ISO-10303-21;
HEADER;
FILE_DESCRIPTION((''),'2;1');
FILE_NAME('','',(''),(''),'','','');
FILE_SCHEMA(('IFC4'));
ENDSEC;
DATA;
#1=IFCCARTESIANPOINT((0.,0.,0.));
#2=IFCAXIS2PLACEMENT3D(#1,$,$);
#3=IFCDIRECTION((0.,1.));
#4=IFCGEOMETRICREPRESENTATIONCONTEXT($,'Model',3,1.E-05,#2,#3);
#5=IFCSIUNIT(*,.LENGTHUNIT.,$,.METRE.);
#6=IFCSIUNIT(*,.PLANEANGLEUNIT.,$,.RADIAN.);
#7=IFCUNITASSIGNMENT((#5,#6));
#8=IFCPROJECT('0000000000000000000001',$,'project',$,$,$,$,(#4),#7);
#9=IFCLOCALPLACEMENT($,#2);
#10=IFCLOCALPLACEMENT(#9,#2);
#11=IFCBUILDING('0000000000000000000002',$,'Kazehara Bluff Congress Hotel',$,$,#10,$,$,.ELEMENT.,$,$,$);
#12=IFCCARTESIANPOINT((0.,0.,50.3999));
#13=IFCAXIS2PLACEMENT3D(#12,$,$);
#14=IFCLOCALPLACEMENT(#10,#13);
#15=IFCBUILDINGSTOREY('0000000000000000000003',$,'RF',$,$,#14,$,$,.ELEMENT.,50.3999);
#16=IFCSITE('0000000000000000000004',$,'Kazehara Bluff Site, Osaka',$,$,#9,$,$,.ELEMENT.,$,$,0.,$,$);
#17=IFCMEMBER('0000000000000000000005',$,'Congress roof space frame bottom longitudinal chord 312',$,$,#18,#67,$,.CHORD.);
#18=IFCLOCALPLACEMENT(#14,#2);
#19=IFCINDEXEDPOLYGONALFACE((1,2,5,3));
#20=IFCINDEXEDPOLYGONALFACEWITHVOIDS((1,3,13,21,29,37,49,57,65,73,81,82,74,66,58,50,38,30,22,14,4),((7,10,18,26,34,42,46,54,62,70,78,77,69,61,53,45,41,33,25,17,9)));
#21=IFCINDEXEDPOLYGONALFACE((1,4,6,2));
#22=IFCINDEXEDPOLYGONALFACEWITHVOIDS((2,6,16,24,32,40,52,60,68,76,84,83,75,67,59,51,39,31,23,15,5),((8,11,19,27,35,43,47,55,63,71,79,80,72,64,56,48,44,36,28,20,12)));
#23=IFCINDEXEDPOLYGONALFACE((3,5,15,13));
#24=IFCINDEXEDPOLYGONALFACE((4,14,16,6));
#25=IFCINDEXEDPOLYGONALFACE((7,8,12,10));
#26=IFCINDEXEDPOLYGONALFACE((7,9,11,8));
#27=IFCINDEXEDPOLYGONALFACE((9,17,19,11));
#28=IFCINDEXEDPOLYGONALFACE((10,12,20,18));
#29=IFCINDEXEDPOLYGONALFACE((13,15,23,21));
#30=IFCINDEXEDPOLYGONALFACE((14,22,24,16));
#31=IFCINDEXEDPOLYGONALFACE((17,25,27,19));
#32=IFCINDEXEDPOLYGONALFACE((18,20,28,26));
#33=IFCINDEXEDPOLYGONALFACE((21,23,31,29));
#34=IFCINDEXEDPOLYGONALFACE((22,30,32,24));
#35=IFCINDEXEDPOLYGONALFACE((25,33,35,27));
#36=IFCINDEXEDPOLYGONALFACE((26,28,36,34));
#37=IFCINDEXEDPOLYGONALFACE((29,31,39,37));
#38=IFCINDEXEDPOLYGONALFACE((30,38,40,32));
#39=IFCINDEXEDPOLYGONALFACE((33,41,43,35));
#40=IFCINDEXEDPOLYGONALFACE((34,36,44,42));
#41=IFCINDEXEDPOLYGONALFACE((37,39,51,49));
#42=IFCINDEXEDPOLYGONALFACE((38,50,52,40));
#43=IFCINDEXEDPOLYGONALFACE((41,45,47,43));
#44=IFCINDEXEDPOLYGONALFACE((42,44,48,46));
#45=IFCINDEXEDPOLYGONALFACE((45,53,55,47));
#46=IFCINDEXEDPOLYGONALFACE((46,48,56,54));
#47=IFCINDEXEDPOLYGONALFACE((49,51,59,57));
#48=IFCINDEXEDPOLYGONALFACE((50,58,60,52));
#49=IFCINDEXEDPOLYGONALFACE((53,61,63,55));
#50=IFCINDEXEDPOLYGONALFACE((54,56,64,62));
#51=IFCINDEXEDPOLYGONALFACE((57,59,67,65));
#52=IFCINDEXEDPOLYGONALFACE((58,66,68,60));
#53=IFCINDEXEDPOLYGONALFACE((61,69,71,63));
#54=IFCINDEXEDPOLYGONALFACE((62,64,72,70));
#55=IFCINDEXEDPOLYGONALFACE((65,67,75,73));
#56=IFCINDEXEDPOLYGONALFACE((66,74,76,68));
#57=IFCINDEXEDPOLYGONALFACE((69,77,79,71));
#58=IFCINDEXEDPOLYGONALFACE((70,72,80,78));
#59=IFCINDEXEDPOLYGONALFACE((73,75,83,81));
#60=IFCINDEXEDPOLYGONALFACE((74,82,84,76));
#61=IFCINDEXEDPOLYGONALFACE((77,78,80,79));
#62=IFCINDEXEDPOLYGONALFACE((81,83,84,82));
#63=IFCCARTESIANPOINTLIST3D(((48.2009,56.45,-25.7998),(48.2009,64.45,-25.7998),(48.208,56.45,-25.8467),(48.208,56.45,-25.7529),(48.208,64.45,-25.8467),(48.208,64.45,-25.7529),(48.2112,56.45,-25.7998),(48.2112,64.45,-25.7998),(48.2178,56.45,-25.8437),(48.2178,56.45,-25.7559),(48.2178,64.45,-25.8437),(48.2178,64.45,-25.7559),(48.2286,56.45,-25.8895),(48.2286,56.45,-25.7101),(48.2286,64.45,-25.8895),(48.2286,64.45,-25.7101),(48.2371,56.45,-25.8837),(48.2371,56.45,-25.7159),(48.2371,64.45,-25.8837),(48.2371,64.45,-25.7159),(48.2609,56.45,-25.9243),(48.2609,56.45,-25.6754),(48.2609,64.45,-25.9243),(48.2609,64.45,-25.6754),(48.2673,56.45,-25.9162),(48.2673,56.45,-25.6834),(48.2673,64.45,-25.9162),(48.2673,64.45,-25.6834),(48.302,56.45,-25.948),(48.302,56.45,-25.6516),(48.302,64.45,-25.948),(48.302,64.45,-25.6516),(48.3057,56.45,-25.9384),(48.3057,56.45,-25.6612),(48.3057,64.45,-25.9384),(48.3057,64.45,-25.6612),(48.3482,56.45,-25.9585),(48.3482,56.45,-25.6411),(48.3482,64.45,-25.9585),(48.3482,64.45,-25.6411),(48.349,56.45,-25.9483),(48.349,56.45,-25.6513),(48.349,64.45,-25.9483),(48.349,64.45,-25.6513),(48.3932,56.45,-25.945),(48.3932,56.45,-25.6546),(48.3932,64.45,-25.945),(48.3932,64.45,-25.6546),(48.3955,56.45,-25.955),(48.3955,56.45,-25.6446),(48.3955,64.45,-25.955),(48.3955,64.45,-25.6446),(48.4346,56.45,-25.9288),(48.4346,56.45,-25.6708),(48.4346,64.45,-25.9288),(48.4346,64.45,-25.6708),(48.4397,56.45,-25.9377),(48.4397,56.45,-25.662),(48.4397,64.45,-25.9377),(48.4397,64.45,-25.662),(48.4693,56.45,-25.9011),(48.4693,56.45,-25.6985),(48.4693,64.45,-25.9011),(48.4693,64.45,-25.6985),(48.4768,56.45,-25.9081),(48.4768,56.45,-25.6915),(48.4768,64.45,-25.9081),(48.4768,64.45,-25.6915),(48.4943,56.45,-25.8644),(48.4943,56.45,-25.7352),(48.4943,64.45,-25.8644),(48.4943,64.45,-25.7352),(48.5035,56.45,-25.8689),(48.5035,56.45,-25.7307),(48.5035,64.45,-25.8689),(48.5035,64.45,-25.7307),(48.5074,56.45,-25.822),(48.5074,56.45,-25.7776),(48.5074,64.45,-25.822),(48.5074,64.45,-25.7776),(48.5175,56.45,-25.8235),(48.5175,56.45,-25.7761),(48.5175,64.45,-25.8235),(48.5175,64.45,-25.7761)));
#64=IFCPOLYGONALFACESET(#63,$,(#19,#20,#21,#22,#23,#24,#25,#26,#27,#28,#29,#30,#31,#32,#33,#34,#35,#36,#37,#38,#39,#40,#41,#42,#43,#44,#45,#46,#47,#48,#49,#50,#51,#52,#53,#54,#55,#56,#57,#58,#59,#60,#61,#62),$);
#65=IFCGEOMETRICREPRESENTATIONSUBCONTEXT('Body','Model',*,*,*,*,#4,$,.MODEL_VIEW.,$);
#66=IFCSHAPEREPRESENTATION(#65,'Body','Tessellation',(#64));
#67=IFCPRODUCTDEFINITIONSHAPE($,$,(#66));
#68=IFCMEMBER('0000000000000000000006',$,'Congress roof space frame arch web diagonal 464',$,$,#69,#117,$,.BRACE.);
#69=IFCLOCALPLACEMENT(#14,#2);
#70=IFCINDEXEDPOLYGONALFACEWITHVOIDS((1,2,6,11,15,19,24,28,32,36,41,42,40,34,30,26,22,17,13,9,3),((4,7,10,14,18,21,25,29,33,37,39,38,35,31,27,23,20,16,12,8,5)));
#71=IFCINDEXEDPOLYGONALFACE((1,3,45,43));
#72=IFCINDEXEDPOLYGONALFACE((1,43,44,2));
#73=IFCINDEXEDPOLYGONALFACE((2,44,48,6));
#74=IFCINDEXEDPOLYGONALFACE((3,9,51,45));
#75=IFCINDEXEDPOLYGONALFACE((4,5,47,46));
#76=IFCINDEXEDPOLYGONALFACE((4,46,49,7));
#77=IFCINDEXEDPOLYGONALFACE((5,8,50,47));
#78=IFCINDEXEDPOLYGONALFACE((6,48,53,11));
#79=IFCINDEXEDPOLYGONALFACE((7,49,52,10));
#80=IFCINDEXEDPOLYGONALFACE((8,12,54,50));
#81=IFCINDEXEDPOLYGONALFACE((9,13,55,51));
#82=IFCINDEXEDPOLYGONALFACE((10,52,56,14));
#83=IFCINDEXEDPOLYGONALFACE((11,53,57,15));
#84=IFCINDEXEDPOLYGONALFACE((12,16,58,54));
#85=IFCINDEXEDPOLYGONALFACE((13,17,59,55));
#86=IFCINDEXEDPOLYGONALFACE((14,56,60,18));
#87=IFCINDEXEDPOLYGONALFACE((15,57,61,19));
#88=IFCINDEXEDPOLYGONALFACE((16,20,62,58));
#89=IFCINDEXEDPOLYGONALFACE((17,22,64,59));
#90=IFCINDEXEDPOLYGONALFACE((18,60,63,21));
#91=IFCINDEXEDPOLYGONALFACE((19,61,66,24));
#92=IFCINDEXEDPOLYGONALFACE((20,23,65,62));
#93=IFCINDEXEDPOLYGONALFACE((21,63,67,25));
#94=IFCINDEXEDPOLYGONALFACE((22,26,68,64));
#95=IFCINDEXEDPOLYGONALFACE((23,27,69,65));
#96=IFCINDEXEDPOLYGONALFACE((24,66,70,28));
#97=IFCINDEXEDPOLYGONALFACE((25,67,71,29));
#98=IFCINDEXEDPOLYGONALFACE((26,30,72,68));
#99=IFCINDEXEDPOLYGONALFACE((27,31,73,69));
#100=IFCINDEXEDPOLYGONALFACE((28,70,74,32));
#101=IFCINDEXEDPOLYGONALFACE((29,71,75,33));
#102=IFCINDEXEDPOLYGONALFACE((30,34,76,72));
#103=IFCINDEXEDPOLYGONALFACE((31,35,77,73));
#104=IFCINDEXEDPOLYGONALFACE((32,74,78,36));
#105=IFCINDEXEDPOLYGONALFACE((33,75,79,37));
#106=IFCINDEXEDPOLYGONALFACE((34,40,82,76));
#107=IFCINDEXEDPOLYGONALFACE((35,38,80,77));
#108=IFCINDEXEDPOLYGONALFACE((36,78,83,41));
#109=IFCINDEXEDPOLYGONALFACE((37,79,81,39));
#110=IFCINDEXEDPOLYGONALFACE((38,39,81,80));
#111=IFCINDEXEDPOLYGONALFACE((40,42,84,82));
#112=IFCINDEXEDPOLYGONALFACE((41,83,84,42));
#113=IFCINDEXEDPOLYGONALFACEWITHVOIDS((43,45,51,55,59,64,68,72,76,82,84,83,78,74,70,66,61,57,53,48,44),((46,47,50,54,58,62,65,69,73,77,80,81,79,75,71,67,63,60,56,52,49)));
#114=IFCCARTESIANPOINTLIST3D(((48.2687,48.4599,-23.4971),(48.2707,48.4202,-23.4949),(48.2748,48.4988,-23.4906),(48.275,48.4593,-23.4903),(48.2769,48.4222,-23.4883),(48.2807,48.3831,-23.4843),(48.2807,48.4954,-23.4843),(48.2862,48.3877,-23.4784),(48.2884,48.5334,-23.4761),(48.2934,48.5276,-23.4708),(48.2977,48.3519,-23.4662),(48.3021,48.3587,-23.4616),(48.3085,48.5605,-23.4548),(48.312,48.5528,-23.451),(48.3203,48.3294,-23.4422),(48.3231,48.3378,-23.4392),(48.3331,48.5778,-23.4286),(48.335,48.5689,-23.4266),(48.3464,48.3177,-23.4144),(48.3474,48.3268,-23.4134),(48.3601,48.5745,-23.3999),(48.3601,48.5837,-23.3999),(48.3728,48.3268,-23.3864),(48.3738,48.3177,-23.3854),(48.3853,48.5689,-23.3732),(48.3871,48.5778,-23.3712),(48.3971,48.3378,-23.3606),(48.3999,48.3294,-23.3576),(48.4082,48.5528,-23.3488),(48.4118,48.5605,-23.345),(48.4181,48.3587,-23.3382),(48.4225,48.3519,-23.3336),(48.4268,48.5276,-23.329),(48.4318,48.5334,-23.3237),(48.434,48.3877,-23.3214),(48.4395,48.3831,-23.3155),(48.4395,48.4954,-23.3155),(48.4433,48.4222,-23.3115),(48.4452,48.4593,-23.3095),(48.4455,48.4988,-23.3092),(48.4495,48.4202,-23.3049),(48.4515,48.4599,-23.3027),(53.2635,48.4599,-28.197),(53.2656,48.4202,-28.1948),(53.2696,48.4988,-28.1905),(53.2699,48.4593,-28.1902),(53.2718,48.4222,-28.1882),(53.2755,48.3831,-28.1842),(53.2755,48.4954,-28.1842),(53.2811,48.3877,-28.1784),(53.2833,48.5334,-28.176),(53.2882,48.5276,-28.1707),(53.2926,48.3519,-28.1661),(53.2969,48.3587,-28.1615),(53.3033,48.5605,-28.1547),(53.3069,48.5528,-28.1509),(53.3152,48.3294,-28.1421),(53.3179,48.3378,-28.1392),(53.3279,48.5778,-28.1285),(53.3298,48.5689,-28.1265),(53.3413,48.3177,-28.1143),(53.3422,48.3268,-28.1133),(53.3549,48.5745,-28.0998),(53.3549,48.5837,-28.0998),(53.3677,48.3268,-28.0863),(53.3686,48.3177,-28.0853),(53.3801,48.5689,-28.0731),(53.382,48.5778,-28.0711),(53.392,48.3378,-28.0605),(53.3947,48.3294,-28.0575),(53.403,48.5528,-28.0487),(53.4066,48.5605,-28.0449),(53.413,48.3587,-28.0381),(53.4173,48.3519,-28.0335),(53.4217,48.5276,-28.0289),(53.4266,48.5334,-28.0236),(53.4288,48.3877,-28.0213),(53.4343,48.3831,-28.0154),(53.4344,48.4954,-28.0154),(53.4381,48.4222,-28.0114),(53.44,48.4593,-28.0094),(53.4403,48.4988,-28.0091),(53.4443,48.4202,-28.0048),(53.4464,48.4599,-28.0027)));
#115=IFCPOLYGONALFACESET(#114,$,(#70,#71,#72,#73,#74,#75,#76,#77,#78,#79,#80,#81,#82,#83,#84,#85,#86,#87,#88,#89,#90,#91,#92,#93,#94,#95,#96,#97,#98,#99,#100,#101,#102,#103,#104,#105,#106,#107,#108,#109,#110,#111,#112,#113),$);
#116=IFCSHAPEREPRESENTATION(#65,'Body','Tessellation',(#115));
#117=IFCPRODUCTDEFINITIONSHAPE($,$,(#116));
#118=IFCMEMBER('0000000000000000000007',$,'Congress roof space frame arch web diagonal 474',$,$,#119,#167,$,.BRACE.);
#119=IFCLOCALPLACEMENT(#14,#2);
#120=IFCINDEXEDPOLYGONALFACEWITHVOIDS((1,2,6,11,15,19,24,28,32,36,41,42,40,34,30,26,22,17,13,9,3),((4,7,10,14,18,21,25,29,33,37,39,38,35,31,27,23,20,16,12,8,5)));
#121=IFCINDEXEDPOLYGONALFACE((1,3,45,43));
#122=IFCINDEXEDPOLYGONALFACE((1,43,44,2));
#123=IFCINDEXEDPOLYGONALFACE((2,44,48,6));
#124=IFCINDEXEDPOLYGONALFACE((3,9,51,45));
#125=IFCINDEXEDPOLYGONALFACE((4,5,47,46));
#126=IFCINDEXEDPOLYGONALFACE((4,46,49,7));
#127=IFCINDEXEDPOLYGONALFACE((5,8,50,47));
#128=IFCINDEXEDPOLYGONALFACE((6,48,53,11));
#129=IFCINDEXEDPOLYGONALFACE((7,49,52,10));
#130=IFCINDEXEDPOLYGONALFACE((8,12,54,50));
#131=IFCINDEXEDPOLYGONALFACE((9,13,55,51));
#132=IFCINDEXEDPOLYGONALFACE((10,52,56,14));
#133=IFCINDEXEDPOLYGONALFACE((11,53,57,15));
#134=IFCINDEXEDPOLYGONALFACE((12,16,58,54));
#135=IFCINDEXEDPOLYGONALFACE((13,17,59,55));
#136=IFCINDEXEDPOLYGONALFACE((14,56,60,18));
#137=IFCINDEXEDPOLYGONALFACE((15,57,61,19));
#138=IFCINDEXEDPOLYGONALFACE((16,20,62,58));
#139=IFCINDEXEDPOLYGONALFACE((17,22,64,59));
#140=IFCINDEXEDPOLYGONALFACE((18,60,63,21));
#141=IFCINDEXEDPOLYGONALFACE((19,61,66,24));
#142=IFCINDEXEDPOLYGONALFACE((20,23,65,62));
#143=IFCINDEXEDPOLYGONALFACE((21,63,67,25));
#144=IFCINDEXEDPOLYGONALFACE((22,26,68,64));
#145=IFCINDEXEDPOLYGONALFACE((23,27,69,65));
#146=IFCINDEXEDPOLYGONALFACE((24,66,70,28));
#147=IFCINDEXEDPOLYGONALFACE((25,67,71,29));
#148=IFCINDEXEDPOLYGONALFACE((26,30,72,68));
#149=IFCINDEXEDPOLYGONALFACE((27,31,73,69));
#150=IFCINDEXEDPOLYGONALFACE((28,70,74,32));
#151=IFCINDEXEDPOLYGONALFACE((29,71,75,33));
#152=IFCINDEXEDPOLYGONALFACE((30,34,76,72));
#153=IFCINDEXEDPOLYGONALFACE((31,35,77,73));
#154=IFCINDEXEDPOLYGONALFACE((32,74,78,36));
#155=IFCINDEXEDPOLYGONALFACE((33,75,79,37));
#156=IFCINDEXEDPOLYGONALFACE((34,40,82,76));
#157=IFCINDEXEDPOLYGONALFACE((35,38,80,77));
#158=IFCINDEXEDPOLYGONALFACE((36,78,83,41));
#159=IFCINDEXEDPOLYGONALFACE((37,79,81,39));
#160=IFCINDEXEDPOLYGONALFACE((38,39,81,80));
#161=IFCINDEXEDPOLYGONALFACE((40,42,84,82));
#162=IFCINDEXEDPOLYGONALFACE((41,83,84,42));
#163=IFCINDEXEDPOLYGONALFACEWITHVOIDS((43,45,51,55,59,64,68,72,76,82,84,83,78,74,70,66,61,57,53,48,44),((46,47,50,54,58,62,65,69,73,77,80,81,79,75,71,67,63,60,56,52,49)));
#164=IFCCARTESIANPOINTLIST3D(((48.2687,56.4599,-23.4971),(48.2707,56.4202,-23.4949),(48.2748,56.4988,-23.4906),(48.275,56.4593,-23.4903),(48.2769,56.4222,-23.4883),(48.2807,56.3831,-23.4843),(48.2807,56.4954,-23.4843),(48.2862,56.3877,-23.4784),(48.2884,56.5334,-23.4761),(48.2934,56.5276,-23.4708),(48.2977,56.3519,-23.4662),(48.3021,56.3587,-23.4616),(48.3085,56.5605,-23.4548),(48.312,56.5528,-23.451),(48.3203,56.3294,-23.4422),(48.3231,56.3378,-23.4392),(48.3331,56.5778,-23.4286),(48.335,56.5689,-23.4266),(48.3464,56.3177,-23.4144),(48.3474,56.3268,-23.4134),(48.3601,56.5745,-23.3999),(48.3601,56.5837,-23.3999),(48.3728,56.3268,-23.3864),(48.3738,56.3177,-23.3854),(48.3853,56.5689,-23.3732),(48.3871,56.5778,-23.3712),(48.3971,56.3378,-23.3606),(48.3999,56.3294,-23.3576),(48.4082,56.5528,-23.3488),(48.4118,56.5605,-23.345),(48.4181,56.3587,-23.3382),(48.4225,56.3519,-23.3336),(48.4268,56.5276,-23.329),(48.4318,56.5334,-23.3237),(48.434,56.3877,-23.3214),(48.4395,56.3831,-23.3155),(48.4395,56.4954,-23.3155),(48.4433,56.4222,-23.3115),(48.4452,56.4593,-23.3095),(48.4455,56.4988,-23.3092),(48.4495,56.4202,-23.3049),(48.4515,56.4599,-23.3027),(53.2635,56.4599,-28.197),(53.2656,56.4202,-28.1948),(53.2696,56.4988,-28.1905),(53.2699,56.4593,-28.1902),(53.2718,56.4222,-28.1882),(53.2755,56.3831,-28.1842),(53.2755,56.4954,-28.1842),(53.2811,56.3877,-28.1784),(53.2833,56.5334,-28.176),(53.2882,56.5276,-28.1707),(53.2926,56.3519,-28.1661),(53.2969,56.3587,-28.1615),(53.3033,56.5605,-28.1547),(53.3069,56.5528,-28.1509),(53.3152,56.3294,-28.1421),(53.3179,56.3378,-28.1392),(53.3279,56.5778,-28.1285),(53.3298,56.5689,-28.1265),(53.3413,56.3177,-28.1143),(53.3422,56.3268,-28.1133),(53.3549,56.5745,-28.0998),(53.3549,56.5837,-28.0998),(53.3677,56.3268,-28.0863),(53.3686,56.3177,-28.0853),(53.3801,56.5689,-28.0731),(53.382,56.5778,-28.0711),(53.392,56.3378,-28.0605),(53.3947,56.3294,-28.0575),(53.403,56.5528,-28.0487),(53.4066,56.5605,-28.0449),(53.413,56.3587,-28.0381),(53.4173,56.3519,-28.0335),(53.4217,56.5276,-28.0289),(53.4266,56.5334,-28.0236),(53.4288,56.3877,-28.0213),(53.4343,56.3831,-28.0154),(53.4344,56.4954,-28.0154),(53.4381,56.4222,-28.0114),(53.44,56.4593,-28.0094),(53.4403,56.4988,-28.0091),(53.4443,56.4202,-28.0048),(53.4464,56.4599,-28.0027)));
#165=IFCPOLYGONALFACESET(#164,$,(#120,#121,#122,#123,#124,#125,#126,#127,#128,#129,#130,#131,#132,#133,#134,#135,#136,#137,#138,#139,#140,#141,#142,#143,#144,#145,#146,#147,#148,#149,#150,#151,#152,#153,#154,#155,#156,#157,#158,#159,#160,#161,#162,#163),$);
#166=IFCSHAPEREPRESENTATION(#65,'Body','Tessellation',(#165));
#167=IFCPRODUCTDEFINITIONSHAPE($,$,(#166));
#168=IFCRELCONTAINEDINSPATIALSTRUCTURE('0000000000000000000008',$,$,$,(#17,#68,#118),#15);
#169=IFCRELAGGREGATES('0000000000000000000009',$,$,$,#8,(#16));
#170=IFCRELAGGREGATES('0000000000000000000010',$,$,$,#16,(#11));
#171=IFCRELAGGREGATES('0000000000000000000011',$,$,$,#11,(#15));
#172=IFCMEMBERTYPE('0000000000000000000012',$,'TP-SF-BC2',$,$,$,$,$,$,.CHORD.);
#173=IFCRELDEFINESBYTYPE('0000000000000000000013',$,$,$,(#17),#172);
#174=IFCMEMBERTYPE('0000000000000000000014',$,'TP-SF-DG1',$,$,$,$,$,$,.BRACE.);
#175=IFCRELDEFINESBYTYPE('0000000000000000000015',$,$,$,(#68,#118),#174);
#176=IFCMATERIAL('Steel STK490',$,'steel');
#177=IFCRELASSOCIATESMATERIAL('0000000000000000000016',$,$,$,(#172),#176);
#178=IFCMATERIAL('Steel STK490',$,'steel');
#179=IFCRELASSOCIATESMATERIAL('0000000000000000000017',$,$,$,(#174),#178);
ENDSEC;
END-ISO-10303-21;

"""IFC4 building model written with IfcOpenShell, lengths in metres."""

from ifc_helpers import new_model, si_unit, direction, frame, origin, origin_2d, place, context, subcontext, project, spatial, hollow_circle, extrude, material, material_profile, profile_set, type_object, element, save


model = new_model("IFC4")

# Units and contexts
model_context = context("Model", 3, precision=1e-05, world=origin(), true_north=direction((0.0, 1.0)))
body_context = subcontext(model_context, "Body", "Model", "MODEL_VIEW")
ifc_project = project(units=[si_unit("LENGTHUNIT", "METRE"), si_unit("PLANEANGLEUNIT", "RADIAN")], contexts=[model_context])

# Site, building, storey
site_placement = place(None, origin())
site = spatial("IfcSite", under=ifc_project, at=site_placement, Name="Kazehara Bluff Site, Osaka", CompositionType="ELEMENT", RefElevation=0.0)
building_placement = place(site_placement, origin())
building = spatial("IfcBuilding", under=site, at=building_placement, Name="Kazehara Bluff Congress Hotel", CompositionType="ELEMENT")
storey_placement = place(building_placement, frame((0.0, 0.0, 50.3999)))
storey = spatial("IfcBuildingStorey", under=building, at=storey_placement, Name="RF", CompositionType="ELEMENT", Elevation=50.3999)

# Members
ifc_material_1 = material(Name="Steel STK490", Category="steel")
ifc_material_profile_1 = material_profile(ifc_material_1, hollow_circle(Radius=0.1592, WallThickness=0.0103, at=origin_2d()))
ifc_profile_set_1 = profile_set([ifc_material_profile_1], Name="Steel STK490")
member_type_1 = type_object("IfcMemberType", Name="TP-SF-BC2", PredefinedType="CHORD", material=ifc_profile_set_1)
for number, where, z_axis, x_axis, name in (
    (1, (48.3601, 56.45, -25.7998), (0.0, 1.0, 0.0), (-1.0, 0.0, 0.0), "Congress roof space frame bottom longitudinal chord 312"),
):
    element("IfcMember", number, at=place(storey_placement, frame(where, z_axis=z_axis, x_axis=x_axis)), inside=storey, type_object=member_type_1, Name=name, PredefinedType="CHORD", context=body_context, shape_type="SweptSolid", body=[
        extrude(hollow_circle(Radius=0.1592, WallThickness=0.0103, at=origin_2d()), origin(), (0.0, 0.0, 1.0), 8.0),
    ])
ifc_material_2 = material(Name="Steel STK490", Category="steel")
ifc_material_profile_2 = material_profile(ifc_material_2, hollow_circle(Radius=0.1338, WallThickness=0.0093, at=origin_2d()))
ifc_profile_set_2 = profile_set([ifc_material_profile_2], Name="Steel STK490")
member_type_2 = type_object("IfcMemberType", Name="TP-SF-DG1", PredefinedType="BRACE", material=ifc_profile_set_2)
for number, where, z_axis, x_axis, name in (
    (2, (48.3601, 48.45, -23.3999), (0.72828, 0.0, -0.685279), (0.0, 1.0, 0.0), "Congress roof space frame arch web diagonal 464"),
    (3, (48.3601, 56.45, -23.3999), (0.72828, 0.0, -0.685279), (0.0, 1.0, 0.0), "Congress roof space frame arch web diagonal 474"),
):
    element("IfcMember", number, at=place(storey_placement, frame(where, z_axis=z_axis, x_axis=x_axis)), inside=storey, type_object=member_type_2, Name=name, PredefinedType="BRACE", context=body_context, shape_type="SweptSolid", body=[
        extrude(hollow_circle(Radius=0.1338, WallThickness=0.0093, at=origin_2d()), origin(), (0.0, 0.0, 1.0), 6.8584),
    ])

save(model, "model.ifc")
